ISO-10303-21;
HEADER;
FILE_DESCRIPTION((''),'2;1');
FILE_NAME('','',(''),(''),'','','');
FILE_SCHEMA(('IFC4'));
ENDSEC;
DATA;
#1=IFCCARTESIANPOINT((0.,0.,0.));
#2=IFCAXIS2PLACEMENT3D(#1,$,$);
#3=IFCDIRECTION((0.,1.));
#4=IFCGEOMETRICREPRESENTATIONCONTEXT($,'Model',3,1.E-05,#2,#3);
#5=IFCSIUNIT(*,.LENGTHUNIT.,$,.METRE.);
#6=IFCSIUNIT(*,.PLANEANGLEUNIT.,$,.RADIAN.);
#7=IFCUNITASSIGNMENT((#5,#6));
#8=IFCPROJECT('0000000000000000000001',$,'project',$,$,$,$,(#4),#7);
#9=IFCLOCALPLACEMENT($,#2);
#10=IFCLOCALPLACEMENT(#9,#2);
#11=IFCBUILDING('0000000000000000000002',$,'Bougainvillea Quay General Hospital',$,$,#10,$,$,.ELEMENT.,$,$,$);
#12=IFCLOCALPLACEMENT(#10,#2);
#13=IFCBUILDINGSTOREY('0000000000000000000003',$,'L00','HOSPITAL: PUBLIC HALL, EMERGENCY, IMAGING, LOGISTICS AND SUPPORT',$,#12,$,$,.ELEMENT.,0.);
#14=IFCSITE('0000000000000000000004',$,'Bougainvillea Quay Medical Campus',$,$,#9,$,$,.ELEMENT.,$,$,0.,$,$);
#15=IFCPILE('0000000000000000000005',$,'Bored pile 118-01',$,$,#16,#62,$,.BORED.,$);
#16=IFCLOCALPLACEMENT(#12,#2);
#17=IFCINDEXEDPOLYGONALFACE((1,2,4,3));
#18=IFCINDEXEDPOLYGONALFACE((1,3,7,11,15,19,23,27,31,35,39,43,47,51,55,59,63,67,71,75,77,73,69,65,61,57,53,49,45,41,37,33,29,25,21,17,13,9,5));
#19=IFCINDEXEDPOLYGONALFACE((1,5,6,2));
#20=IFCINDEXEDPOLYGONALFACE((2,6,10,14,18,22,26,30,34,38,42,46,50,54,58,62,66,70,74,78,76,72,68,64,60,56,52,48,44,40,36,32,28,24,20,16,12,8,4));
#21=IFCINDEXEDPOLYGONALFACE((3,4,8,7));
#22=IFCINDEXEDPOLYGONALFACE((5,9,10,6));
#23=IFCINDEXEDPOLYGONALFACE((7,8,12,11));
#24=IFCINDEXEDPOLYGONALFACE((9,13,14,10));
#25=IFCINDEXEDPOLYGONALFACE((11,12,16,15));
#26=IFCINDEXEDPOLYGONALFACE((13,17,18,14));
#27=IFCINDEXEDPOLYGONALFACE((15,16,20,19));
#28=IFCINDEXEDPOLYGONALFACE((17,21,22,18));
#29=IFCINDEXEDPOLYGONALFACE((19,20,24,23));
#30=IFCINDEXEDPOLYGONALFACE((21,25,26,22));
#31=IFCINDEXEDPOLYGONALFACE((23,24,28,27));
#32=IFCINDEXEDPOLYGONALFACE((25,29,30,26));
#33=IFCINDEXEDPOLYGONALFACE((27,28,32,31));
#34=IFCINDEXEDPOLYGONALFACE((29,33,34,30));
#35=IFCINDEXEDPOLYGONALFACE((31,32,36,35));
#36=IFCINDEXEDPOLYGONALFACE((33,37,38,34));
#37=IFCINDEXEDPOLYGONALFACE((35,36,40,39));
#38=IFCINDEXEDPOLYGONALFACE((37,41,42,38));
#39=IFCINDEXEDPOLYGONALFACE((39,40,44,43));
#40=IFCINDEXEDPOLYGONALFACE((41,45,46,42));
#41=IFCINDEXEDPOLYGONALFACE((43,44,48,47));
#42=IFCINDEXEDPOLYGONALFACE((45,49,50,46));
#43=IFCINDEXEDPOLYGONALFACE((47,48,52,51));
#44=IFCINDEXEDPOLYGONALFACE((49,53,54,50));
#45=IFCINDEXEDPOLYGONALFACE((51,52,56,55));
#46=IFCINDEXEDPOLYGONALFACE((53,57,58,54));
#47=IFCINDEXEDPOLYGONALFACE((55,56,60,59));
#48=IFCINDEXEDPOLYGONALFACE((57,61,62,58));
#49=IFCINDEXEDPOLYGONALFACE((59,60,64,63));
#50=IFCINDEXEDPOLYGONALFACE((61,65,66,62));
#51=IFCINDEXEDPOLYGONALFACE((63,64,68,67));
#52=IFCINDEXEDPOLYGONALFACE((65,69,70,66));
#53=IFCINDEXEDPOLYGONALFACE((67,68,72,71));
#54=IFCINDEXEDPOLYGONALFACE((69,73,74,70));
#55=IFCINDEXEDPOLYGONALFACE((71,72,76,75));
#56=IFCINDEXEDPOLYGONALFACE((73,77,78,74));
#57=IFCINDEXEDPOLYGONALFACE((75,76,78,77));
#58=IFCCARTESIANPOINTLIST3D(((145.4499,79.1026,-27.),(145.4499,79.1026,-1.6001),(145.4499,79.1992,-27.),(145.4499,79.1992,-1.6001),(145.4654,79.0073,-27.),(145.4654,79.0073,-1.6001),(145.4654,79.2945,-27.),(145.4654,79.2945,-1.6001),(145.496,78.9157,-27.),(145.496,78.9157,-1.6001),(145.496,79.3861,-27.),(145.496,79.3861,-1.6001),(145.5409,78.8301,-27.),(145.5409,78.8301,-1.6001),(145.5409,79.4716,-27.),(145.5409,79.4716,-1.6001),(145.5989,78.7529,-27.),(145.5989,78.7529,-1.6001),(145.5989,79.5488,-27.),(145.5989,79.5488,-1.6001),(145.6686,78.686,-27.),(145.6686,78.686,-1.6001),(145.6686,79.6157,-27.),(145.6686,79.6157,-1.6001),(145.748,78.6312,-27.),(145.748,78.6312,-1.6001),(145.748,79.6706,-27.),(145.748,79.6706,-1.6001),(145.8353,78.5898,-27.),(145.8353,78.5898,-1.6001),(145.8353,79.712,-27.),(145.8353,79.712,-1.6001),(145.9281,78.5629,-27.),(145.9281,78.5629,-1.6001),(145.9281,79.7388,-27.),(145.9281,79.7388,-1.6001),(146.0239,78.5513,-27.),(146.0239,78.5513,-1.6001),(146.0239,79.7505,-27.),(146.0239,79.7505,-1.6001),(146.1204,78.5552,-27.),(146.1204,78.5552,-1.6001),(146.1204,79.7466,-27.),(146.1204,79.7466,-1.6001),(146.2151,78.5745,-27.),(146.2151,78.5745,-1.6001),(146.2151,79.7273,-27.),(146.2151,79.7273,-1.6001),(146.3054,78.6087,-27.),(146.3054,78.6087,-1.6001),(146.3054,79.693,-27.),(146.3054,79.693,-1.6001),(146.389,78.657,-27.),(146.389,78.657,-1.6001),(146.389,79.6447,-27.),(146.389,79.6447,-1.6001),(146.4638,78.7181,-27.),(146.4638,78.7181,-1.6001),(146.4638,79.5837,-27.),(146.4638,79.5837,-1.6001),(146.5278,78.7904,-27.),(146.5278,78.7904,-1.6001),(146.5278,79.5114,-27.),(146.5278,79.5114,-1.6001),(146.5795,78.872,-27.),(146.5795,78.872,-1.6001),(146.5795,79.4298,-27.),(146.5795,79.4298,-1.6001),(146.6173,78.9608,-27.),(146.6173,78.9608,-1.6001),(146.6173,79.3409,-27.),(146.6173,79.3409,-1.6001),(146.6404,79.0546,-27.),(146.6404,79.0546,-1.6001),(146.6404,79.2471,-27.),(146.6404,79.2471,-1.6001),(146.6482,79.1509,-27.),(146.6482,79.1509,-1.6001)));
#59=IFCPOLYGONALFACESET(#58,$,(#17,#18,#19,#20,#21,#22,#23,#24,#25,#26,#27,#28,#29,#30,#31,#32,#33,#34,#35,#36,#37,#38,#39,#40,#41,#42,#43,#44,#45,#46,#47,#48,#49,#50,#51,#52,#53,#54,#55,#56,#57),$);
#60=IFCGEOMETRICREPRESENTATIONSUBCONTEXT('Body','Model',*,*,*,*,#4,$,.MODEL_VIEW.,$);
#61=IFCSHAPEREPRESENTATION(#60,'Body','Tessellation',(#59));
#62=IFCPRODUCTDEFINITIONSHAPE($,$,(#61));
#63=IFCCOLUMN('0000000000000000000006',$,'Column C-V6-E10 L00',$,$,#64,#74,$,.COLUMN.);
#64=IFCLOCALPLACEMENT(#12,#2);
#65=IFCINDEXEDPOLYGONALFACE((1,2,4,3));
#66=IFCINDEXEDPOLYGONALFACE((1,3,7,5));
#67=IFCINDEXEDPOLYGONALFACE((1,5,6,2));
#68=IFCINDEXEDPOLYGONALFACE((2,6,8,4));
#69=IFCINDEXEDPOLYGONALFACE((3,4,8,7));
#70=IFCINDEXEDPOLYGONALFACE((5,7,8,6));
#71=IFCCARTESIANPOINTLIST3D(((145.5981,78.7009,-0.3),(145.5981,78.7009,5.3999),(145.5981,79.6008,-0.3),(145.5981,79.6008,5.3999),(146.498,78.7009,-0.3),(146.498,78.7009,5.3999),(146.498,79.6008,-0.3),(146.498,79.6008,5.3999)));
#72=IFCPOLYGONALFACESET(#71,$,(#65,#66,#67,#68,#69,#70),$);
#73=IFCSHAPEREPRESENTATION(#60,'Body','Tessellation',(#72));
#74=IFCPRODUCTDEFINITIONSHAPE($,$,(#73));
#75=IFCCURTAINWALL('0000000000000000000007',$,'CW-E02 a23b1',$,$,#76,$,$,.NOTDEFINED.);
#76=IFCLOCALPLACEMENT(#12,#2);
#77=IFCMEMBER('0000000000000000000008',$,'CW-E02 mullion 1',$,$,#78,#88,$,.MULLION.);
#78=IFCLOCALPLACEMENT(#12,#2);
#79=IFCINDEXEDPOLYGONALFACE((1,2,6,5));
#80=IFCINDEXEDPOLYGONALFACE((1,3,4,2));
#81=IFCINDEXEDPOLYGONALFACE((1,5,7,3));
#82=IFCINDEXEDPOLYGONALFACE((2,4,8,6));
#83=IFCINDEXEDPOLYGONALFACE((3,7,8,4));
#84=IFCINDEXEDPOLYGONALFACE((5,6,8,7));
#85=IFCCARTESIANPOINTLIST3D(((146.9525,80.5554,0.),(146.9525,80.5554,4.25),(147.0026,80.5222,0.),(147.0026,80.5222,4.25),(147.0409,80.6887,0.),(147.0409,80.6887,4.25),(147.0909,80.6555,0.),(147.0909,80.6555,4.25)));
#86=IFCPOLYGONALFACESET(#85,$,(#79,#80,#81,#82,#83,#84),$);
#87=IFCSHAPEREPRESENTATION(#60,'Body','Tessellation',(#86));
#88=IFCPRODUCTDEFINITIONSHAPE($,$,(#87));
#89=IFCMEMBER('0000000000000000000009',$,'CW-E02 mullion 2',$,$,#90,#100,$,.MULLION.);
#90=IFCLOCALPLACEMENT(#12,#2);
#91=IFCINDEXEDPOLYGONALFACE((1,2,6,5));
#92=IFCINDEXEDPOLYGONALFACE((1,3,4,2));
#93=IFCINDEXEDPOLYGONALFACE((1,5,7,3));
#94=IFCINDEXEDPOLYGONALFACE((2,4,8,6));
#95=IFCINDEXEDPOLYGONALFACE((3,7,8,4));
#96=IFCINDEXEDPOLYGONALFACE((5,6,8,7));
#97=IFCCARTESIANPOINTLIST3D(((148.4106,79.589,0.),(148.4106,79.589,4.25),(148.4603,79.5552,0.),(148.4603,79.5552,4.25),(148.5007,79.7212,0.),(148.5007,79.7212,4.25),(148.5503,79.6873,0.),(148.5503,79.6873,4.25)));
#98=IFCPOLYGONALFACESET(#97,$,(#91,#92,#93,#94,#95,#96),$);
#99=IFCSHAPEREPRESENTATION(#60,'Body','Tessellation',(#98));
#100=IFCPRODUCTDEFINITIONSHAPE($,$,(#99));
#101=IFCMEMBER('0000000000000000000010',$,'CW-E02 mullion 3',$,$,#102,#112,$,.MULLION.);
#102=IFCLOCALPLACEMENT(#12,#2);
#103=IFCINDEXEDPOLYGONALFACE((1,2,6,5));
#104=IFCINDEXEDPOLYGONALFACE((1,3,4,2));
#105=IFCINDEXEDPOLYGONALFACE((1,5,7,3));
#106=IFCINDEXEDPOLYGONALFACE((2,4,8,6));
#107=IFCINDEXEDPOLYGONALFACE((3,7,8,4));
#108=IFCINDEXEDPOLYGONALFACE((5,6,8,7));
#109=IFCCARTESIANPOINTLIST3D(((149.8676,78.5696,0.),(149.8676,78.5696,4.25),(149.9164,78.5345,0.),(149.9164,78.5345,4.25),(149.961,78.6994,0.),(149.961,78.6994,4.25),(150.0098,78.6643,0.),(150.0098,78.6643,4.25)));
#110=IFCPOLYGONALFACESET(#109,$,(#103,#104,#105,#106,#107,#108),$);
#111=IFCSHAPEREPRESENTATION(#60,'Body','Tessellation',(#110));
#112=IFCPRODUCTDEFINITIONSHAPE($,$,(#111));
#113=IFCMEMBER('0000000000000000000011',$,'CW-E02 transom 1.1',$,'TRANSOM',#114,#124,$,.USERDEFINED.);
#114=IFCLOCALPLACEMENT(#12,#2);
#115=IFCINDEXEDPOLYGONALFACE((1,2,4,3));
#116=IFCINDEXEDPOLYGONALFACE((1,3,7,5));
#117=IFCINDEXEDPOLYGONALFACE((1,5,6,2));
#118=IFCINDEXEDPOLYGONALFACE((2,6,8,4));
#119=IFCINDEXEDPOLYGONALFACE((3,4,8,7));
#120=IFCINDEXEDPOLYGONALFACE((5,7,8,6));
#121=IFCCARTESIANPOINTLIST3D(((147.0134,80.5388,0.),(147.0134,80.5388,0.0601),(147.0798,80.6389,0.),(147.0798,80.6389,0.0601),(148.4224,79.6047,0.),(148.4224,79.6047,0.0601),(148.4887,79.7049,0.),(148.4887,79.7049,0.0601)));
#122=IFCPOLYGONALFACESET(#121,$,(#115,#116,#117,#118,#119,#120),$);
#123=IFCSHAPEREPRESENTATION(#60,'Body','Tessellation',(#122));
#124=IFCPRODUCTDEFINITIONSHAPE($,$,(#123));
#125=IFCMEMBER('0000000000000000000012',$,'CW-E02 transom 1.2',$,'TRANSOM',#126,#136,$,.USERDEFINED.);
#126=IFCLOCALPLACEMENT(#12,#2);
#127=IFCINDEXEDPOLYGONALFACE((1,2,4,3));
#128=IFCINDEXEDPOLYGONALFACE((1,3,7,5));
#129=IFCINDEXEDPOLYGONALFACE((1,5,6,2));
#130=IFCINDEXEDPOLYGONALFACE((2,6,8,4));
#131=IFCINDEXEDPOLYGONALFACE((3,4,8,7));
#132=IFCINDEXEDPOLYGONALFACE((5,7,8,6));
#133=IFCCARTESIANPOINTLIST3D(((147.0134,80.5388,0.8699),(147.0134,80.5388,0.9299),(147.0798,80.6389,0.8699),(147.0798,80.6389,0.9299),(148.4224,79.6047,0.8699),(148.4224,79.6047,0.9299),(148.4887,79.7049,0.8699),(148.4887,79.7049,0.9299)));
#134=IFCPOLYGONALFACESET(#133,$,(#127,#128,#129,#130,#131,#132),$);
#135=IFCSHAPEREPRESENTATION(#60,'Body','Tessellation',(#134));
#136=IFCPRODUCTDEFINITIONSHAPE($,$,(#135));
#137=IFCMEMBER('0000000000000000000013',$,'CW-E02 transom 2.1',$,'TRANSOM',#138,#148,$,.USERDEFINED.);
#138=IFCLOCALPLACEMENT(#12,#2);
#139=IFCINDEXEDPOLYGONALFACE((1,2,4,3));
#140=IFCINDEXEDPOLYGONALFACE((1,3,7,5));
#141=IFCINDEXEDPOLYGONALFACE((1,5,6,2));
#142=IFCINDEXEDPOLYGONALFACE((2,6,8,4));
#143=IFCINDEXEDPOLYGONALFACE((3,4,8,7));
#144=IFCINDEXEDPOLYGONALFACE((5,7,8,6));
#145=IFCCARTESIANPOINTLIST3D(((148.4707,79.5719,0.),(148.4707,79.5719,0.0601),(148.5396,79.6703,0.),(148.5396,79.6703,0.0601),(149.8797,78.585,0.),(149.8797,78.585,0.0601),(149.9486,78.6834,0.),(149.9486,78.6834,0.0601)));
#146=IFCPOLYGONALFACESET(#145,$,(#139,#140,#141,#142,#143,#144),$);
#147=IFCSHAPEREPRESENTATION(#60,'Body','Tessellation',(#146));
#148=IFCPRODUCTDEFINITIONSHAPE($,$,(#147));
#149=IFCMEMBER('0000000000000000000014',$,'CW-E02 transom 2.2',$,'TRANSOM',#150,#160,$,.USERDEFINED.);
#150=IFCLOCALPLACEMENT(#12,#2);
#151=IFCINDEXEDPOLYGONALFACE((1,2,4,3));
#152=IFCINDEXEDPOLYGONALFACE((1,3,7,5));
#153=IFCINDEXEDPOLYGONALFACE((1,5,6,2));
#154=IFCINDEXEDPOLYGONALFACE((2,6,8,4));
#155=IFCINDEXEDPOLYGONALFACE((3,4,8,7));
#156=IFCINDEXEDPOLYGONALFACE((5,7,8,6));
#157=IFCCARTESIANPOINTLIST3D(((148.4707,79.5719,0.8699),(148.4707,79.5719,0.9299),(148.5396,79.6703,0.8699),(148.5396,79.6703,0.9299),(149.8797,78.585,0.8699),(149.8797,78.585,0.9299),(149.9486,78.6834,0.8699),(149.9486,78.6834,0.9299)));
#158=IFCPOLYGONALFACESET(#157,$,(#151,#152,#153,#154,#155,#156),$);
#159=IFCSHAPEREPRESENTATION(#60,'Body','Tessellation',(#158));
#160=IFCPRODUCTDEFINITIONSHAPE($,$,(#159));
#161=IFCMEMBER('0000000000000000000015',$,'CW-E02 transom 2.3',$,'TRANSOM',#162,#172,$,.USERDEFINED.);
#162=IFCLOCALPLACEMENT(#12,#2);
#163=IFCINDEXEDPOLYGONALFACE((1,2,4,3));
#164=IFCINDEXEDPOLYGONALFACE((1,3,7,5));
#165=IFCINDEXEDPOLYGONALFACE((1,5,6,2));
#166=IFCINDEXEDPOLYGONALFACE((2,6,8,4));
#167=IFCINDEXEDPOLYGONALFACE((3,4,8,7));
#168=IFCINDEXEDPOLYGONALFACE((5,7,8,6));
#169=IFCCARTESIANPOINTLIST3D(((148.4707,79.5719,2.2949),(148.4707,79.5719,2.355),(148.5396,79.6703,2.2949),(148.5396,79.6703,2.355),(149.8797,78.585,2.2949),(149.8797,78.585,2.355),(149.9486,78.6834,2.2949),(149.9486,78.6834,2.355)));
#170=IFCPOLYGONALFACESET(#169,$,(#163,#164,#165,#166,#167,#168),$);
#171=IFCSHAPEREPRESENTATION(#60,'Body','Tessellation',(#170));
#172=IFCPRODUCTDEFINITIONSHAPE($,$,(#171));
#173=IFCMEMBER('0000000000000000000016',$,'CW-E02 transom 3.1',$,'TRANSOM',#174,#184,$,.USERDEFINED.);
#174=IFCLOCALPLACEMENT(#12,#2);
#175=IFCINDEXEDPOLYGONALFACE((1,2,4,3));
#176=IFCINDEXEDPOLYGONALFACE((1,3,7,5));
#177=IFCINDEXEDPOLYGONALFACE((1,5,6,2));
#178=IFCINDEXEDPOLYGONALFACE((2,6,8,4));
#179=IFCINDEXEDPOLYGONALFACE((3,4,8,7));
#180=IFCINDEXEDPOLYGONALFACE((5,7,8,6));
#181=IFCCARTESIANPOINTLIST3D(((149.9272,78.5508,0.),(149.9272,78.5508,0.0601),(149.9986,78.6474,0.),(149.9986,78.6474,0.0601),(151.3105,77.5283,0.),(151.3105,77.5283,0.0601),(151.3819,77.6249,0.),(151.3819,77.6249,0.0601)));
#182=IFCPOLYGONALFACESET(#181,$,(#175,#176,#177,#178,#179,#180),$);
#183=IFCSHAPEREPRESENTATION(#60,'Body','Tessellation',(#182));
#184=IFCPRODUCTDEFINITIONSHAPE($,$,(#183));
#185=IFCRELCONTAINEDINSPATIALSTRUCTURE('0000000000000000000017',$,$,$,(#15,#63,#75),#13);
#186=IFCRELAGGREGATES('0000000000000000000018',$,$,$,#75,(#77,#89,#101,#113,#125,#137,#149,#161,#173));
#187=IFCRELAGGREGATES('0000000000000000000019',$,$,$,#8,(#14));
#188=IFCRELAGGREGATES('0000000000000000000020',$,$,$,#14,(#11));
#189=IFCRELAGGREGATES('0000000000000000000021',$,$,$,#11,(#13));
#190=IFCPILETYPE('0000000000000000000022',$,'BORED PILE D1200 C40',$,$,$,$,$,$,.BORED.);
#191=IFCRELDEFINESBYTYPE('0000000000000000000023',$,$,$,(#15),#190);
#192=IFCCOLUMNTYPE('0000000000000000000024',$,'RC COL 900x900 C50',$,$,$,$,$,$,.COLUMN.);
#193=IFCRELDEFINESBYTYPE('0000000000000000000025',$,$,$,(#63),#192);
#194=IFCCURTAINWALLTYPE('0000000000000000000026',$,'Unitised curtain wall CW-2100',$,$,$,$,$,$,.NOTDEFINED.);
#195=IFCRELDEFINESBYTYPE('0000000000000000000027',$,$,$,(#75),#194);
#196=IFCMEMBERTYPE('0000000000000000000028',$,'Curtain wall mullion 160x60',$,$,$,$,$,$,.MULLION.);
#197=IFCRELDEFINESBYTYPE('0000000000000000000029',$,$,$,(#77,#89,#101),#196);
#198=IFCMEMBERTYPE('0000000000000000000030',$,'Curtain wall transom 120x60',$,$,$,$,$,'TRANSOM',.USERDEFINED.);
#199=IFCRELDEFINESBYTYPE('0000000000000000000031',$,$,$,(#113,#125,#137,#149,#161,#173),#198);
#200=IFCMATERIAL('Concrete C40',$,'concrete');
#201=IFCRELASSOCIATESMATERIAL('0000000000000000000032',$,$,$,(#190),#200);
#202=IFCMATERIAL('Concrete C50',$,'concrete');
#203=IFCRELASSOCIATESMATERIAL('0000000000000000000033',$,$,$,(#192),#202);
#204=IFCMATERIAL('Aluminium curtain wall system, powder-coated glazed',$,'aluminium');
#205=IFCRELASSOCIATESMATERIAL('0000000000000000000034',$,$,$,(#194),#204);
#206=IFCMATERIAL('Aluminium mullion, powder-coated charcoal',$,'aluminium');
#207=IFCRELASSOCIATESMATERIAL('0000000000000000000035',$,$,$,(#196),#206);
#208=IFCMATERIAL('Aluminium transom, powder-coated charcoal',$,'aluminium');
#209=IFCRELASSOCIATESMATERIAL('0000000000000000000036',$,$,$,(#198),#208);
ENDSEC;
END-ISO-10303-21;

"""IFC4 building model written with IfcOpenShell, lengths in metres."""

from ifc_helpers import new_model, si_unit, direction, frame, origin, origin_2d, place, context, subcontext, project, spatial, rectangle, circle, extrude, material, material_profile, profile_set, type_object, element, aggregate, save


model = new_model("IFC4")

# Units and contexts
model_context = context("Model", 3, precision=1e-05, world=origin(), true_north=direction((0.0, 1.0)))
body_context = subcontext(model_context, "Body", "Model", "MODEL_VIEW")
ifc_project = project(units=[si_unit("LENGTHUNIT", "METRE"), si_unit("PLANEANGLEUNIT", "RADIAN")], contexts=[model_context])

# Site, building, storey
site_placement = place(None, origin())
site = spatial("IfcSite", under=ifc_project, at=site_placement, Name="Bougainvillea Quay Medical Campus", CompositionType="ELEMENT", RefElevation=0.0)
building_placement = place(site_placement, origin())
building = spatial("IfcBuilding", under=site, at=building_placement, Name="Bougainvillea Quay General Hospital", CompositionType="ELEMENT")
storey_placement = place(building_placement, origin())
storey = spatial("IfcBuildingStorey", under=building, at=storey_placement, Name="L00", Description="HOSPITAL: PUBLIC HALL, EMERGENCY, IMAGING, LOGISTICS AND SUPPORT", CompositionType="ELEMENT", Elevation=0.0)

# Pile
ifc_material_1 = material(Name="Concrete C40", Category="concrete")
ifc_material_profile_1 = material_profile(ifc_material_1, circle(Radius=0.6001, at=origin_2d()))
ifc_profile_set_1 = profile_set([ifc_material_profile_1], Name="Concrete C40")
pile_type = type_object("IfcPileType", Name="BORED PILE D1200 C40", PredefinedType="BORED", material=ifc_profile_set_1)
pile_placement = place(storey_placement, frame((146.0481, 79.1509, -1.6001), z_axis=(0.0, 0.0, -1.0), x_axis=(1.0, 0.0, 0.0)))
element("IfcPile", 1, at=pile_placement, inside=storey, type_object=pile_type, Name="Bored pile 118-01", PredefinedType="BORED", context=body_context, shape_type="SweptSolid", body=[
    extrude(circle(Radius=0.6001, at=origin_2d()), origin(), (0.0, 0.0, 1.0), 25.3999),
])

# Column
ifc_material_2 = material(Name="Concrete C50", Category="concrete")
ifc_material_profile_2 = material_profile(ifc_material_2, rectangle(XDim=0.8999, YDim=0.8999, at=origin_2d()))
ifc_profile_set_2 = profile_set([ifc_material_profile_2], Name="Concrete C50")
column_type = type_object("IfcColumnType", Name="RC COL 900x900 C50", PredefinedType="COLUMN", material=ifc_profile_set_2)
column_placement = place(storey_placement, frame((146.0481, 79.1509, -0.3), z_axis=(0.0, 0.0, 1.0), x_axis=(1.0, 0.0, 0.0)))
element("IfcColumn", 2, at=column_placement, inside=storey, type_object=column_type, Name="Column C-V6-E10 L00", PredefinedType="COLUMN", context=body_context, shape_type="SweptSolid", body=[
    extrude(rectangle(XDim=0.8999, YDim=0.8999, at=origin_2d()), origin(), (0.0, 0.0, 1.0), 5.7),
])

# Curtain wall, members
ifc_material_3 = material(Name="Aluminium curtain wall system, powder-coated glazed", Category="aluminium")
curtain_wall_type = type_object("IfcCurtainWallType", Name="Unitised curtain wall CW-2100", PredefinedType="NOTDEFINED", material=ifc_material_3)
curtain_wall_placement = place(storey_placement, origin())
curtain_wall = element("IfcCurtainWall", 3, at=curtain_wall_placement, inside=storey, type_object=curtain_wall_type, Name="CW-E02 a23b1", PredefinedType="NOTDEFINED")
ifc_material_4 = material(Name="Aluminium mullion, powder-coated charcoal", Category="aluminium")
ifc_material_profile_3 = material_profile(ifc_material_4, rectangle(XDim=0.1599, YDim=0.0601, at=origin_2d()))
ifc_profile_set_3 = profile_set([ifc_material_profile_3], Name="Aluminium mullion, powder-coated charcoal")
member_type_1 = type_object("IfcMemberType", Name="Curtain wall mullion 160x60", PredefinedType="MULLION", material=ifc_profile_set_3)
member_1_placement = place(storey_placement, frame((147.0217, 80.6055, 0.0), z_axis=(0.0, 0.0, 1.0), x_axis=(0.552566, 0.833469, 0.0)))
member_1 = element("IfcMember", 4, at=member_1_placement, type_object=member_type_1, Name="CW-E02 mullion 1", PredefinedType="MULLION", context=body_context, shape_type="SweptSolid", body=[
    extrude(rectangle(XDim=0.1599, YDim=0.0601, at=origin_2d()), origin(), (0.0, 0.0, 1.0), 4.25),
])
member_2_placement = place(storey_placement, frame((148.4805, 79.6382, 0.0), z_axis=(0.0, 0.0, 1.0), x_axis=(0.563157, 0.82635, 0.0)))
member_2 = element("IfcMember", 5, at=member_2_placement, type_object=member_type_1, Name="CW-E02 mullion 2", PredefinedType="MULLION", context=body_context, shape_type="SweptSolid", body=[
    extrude(rectangle(XDim=0.1599, YDim=0.0601, at=origin_2d()), origin(), (0.0, 0.0, 1.0), 4.25),
])
member_3_placement = place(storey_placement, frame((149.9387, 78.6169, 0.0), z_axis=(0.0, 0.0, 1.0), x_axis=(0.584063, 0.811709, 0.0)))
member_3 = element("IfcMember", 6, at=member_3_placement, type_object=member_type_1, Name="CW-E02 mullion 3", PredefinedType="MULLION", context=body_context, shape_type="SweptSolid", body=[
    extrude(rectangle(XDim=0.1599, YDim=0.0601, at=origin_2d()), origin(), (0.0, 0.0, 1.0), 4.25),
])
ifc_material_5 = material(Name="Aluminium transom, powder-coated charcoal", Category="aluminium")
ifc_material_profile_4 = material_profile(ifc_material_5, rectangle(XDim=0.1201, YDim=0.0601, at=origin_2d()))
ifc_profile_set_4 = profile_set([ifc_material_profile_4], Name="Aluminium transom, powder-coated charcoal")
member_type_2 = type_object("IfcMemberType", Name="Curtain wall transom 120x60", ElementType="TRANSOM", PredefinedType="USERDEFINED", material=ifc_profile_set_4)
member_4_placement = place(storey_placement, frame((147.0466, 80.5889, 0.03), z_axis=(0.83347, -0.552565, 0.0), x_axis=(0.552565, 0.83347, 0.0)))
member_4 = element("IfcMember", 7, at=member_4_placement, type_object=member_type_2, Name="CW-E02 transom 1.1", ObjectType="TRANSOM", PredefinedType="USERDEFINED", context=body_context, shape_type="SweptSolid", body=[
    extrude(rectangle(XDim=0.1201, YDim=0.0601, at=origin_2d()), origin(), (0.0, 0.0, 1.0), 1.6904),
])
member_5_placement = place(storey_placement, frame((147.0466, 80.5889, 0.8999), z_axis=(0.83347, -0.552565, 0.0), x_axis=(0.552565, 0.83347, 0.0)))
member_5 = element("IfcMember", 8, at=member_5_placement, type_object=member_type_2, Name="CW-E02 transom 1.2", ObjectType="TRANSOM", PredefinedType="USERDEFINED", context=body_context, shape_type="SweptSolid", body=[
    extrude(rectangle(XDim=0.1201, YDim=0.0601, at=origin_2d()), origin(), (0.0, 0.0, 1.0), 1.6904),
])
member_6_placement = place(storey_placement, frame((148.5051, 79.6211, 0.03), z_axis=(0.819079, -0.573681, 0.0), x_axis=(0.573681, 0.819079, 0.0)))
member_6 = element("IfcMember", 9, at=member_6_placement, type_object=member_type_2, Name="CW-E02 transom 2.1", ObjectType="TRANSOM", PredefinedType="USERDEFINED", context=body_context, shape_type="SweptSolid", body=[
    extrude(rectangle(XDim=0.1201, YDim=0.0601, at=origin_2d()), origin(), (0.0, 0.0, 1.0), 1.7202),
])
member_7_placement = place(storey_placement, frame((148.5051, 79.6211, 0.8999), z_axis=(0.819079, -0.573681, 0.0), x_axis=(0.573681, 0.819079, 0.0)))
member_7 = element("IfcMember", 10, at=member_7_placement, type_object=member_type_2, Name="CW-E02 transom 2.2", ObjectType="TRANSOM", PredefinedType="USERDEFINED", context=body_context, shape_type="SweptSolid", body=[
    extrude(rectangle(XDim=0.1201, YDim=0.0601, at=origin_2d()), origin(), (0.0, 0.0, 1.0), 1.7202),
])
member_8_placement = place(storey_placement, frame((148.5051, 79.6211, 2.325), z_axis=(0.819079, -0.573681, 0.0), x_axis=(0.573681, 0.819079, 0.0)))
member_8 = element("IfcMember", 11, at=member_8_placement, type_object=member_type_2, Name="CW-E02 transom 2.3", ObjectType="TRANSOM", PredefinedType="USERDEFINED", context=body_context, shape_type="SweptSolid", body=[
    extrude(rectangle(XDim=0.1201, YDim=0.0601, at=origin_2d()), origin(), (0.0, 0.0, 1.0), 1.7202),
])
member_9_placement = place(storey_placement, frame((149.9629, 78.5991, 0.03), z_axis=(0.80417, -0.594399, 0.0), x_axis=(0.594399, 0.80417, 0.0)))
member_9 = element("IfcMember", 12, at=member_9_placement, type_object=member_type_2, Name="CW-E02 transom 3.1", ObjectType="TRANSOM", PredefinedType="USERDEFINED", context=body_context, shape_type="SweptSolid", body=[
    extrude(rectangle(XDim=0.1201, YDim=0.0601, at=origin_2d()), origin(), (0.0, 0.0, 1.0), 1.7202),
])
aggregate(curtain_wall, [member_1, member_2, member_3, member_4, member_5, member_6, member_7, member_8, member_9])

save(model, "model.ifc")
